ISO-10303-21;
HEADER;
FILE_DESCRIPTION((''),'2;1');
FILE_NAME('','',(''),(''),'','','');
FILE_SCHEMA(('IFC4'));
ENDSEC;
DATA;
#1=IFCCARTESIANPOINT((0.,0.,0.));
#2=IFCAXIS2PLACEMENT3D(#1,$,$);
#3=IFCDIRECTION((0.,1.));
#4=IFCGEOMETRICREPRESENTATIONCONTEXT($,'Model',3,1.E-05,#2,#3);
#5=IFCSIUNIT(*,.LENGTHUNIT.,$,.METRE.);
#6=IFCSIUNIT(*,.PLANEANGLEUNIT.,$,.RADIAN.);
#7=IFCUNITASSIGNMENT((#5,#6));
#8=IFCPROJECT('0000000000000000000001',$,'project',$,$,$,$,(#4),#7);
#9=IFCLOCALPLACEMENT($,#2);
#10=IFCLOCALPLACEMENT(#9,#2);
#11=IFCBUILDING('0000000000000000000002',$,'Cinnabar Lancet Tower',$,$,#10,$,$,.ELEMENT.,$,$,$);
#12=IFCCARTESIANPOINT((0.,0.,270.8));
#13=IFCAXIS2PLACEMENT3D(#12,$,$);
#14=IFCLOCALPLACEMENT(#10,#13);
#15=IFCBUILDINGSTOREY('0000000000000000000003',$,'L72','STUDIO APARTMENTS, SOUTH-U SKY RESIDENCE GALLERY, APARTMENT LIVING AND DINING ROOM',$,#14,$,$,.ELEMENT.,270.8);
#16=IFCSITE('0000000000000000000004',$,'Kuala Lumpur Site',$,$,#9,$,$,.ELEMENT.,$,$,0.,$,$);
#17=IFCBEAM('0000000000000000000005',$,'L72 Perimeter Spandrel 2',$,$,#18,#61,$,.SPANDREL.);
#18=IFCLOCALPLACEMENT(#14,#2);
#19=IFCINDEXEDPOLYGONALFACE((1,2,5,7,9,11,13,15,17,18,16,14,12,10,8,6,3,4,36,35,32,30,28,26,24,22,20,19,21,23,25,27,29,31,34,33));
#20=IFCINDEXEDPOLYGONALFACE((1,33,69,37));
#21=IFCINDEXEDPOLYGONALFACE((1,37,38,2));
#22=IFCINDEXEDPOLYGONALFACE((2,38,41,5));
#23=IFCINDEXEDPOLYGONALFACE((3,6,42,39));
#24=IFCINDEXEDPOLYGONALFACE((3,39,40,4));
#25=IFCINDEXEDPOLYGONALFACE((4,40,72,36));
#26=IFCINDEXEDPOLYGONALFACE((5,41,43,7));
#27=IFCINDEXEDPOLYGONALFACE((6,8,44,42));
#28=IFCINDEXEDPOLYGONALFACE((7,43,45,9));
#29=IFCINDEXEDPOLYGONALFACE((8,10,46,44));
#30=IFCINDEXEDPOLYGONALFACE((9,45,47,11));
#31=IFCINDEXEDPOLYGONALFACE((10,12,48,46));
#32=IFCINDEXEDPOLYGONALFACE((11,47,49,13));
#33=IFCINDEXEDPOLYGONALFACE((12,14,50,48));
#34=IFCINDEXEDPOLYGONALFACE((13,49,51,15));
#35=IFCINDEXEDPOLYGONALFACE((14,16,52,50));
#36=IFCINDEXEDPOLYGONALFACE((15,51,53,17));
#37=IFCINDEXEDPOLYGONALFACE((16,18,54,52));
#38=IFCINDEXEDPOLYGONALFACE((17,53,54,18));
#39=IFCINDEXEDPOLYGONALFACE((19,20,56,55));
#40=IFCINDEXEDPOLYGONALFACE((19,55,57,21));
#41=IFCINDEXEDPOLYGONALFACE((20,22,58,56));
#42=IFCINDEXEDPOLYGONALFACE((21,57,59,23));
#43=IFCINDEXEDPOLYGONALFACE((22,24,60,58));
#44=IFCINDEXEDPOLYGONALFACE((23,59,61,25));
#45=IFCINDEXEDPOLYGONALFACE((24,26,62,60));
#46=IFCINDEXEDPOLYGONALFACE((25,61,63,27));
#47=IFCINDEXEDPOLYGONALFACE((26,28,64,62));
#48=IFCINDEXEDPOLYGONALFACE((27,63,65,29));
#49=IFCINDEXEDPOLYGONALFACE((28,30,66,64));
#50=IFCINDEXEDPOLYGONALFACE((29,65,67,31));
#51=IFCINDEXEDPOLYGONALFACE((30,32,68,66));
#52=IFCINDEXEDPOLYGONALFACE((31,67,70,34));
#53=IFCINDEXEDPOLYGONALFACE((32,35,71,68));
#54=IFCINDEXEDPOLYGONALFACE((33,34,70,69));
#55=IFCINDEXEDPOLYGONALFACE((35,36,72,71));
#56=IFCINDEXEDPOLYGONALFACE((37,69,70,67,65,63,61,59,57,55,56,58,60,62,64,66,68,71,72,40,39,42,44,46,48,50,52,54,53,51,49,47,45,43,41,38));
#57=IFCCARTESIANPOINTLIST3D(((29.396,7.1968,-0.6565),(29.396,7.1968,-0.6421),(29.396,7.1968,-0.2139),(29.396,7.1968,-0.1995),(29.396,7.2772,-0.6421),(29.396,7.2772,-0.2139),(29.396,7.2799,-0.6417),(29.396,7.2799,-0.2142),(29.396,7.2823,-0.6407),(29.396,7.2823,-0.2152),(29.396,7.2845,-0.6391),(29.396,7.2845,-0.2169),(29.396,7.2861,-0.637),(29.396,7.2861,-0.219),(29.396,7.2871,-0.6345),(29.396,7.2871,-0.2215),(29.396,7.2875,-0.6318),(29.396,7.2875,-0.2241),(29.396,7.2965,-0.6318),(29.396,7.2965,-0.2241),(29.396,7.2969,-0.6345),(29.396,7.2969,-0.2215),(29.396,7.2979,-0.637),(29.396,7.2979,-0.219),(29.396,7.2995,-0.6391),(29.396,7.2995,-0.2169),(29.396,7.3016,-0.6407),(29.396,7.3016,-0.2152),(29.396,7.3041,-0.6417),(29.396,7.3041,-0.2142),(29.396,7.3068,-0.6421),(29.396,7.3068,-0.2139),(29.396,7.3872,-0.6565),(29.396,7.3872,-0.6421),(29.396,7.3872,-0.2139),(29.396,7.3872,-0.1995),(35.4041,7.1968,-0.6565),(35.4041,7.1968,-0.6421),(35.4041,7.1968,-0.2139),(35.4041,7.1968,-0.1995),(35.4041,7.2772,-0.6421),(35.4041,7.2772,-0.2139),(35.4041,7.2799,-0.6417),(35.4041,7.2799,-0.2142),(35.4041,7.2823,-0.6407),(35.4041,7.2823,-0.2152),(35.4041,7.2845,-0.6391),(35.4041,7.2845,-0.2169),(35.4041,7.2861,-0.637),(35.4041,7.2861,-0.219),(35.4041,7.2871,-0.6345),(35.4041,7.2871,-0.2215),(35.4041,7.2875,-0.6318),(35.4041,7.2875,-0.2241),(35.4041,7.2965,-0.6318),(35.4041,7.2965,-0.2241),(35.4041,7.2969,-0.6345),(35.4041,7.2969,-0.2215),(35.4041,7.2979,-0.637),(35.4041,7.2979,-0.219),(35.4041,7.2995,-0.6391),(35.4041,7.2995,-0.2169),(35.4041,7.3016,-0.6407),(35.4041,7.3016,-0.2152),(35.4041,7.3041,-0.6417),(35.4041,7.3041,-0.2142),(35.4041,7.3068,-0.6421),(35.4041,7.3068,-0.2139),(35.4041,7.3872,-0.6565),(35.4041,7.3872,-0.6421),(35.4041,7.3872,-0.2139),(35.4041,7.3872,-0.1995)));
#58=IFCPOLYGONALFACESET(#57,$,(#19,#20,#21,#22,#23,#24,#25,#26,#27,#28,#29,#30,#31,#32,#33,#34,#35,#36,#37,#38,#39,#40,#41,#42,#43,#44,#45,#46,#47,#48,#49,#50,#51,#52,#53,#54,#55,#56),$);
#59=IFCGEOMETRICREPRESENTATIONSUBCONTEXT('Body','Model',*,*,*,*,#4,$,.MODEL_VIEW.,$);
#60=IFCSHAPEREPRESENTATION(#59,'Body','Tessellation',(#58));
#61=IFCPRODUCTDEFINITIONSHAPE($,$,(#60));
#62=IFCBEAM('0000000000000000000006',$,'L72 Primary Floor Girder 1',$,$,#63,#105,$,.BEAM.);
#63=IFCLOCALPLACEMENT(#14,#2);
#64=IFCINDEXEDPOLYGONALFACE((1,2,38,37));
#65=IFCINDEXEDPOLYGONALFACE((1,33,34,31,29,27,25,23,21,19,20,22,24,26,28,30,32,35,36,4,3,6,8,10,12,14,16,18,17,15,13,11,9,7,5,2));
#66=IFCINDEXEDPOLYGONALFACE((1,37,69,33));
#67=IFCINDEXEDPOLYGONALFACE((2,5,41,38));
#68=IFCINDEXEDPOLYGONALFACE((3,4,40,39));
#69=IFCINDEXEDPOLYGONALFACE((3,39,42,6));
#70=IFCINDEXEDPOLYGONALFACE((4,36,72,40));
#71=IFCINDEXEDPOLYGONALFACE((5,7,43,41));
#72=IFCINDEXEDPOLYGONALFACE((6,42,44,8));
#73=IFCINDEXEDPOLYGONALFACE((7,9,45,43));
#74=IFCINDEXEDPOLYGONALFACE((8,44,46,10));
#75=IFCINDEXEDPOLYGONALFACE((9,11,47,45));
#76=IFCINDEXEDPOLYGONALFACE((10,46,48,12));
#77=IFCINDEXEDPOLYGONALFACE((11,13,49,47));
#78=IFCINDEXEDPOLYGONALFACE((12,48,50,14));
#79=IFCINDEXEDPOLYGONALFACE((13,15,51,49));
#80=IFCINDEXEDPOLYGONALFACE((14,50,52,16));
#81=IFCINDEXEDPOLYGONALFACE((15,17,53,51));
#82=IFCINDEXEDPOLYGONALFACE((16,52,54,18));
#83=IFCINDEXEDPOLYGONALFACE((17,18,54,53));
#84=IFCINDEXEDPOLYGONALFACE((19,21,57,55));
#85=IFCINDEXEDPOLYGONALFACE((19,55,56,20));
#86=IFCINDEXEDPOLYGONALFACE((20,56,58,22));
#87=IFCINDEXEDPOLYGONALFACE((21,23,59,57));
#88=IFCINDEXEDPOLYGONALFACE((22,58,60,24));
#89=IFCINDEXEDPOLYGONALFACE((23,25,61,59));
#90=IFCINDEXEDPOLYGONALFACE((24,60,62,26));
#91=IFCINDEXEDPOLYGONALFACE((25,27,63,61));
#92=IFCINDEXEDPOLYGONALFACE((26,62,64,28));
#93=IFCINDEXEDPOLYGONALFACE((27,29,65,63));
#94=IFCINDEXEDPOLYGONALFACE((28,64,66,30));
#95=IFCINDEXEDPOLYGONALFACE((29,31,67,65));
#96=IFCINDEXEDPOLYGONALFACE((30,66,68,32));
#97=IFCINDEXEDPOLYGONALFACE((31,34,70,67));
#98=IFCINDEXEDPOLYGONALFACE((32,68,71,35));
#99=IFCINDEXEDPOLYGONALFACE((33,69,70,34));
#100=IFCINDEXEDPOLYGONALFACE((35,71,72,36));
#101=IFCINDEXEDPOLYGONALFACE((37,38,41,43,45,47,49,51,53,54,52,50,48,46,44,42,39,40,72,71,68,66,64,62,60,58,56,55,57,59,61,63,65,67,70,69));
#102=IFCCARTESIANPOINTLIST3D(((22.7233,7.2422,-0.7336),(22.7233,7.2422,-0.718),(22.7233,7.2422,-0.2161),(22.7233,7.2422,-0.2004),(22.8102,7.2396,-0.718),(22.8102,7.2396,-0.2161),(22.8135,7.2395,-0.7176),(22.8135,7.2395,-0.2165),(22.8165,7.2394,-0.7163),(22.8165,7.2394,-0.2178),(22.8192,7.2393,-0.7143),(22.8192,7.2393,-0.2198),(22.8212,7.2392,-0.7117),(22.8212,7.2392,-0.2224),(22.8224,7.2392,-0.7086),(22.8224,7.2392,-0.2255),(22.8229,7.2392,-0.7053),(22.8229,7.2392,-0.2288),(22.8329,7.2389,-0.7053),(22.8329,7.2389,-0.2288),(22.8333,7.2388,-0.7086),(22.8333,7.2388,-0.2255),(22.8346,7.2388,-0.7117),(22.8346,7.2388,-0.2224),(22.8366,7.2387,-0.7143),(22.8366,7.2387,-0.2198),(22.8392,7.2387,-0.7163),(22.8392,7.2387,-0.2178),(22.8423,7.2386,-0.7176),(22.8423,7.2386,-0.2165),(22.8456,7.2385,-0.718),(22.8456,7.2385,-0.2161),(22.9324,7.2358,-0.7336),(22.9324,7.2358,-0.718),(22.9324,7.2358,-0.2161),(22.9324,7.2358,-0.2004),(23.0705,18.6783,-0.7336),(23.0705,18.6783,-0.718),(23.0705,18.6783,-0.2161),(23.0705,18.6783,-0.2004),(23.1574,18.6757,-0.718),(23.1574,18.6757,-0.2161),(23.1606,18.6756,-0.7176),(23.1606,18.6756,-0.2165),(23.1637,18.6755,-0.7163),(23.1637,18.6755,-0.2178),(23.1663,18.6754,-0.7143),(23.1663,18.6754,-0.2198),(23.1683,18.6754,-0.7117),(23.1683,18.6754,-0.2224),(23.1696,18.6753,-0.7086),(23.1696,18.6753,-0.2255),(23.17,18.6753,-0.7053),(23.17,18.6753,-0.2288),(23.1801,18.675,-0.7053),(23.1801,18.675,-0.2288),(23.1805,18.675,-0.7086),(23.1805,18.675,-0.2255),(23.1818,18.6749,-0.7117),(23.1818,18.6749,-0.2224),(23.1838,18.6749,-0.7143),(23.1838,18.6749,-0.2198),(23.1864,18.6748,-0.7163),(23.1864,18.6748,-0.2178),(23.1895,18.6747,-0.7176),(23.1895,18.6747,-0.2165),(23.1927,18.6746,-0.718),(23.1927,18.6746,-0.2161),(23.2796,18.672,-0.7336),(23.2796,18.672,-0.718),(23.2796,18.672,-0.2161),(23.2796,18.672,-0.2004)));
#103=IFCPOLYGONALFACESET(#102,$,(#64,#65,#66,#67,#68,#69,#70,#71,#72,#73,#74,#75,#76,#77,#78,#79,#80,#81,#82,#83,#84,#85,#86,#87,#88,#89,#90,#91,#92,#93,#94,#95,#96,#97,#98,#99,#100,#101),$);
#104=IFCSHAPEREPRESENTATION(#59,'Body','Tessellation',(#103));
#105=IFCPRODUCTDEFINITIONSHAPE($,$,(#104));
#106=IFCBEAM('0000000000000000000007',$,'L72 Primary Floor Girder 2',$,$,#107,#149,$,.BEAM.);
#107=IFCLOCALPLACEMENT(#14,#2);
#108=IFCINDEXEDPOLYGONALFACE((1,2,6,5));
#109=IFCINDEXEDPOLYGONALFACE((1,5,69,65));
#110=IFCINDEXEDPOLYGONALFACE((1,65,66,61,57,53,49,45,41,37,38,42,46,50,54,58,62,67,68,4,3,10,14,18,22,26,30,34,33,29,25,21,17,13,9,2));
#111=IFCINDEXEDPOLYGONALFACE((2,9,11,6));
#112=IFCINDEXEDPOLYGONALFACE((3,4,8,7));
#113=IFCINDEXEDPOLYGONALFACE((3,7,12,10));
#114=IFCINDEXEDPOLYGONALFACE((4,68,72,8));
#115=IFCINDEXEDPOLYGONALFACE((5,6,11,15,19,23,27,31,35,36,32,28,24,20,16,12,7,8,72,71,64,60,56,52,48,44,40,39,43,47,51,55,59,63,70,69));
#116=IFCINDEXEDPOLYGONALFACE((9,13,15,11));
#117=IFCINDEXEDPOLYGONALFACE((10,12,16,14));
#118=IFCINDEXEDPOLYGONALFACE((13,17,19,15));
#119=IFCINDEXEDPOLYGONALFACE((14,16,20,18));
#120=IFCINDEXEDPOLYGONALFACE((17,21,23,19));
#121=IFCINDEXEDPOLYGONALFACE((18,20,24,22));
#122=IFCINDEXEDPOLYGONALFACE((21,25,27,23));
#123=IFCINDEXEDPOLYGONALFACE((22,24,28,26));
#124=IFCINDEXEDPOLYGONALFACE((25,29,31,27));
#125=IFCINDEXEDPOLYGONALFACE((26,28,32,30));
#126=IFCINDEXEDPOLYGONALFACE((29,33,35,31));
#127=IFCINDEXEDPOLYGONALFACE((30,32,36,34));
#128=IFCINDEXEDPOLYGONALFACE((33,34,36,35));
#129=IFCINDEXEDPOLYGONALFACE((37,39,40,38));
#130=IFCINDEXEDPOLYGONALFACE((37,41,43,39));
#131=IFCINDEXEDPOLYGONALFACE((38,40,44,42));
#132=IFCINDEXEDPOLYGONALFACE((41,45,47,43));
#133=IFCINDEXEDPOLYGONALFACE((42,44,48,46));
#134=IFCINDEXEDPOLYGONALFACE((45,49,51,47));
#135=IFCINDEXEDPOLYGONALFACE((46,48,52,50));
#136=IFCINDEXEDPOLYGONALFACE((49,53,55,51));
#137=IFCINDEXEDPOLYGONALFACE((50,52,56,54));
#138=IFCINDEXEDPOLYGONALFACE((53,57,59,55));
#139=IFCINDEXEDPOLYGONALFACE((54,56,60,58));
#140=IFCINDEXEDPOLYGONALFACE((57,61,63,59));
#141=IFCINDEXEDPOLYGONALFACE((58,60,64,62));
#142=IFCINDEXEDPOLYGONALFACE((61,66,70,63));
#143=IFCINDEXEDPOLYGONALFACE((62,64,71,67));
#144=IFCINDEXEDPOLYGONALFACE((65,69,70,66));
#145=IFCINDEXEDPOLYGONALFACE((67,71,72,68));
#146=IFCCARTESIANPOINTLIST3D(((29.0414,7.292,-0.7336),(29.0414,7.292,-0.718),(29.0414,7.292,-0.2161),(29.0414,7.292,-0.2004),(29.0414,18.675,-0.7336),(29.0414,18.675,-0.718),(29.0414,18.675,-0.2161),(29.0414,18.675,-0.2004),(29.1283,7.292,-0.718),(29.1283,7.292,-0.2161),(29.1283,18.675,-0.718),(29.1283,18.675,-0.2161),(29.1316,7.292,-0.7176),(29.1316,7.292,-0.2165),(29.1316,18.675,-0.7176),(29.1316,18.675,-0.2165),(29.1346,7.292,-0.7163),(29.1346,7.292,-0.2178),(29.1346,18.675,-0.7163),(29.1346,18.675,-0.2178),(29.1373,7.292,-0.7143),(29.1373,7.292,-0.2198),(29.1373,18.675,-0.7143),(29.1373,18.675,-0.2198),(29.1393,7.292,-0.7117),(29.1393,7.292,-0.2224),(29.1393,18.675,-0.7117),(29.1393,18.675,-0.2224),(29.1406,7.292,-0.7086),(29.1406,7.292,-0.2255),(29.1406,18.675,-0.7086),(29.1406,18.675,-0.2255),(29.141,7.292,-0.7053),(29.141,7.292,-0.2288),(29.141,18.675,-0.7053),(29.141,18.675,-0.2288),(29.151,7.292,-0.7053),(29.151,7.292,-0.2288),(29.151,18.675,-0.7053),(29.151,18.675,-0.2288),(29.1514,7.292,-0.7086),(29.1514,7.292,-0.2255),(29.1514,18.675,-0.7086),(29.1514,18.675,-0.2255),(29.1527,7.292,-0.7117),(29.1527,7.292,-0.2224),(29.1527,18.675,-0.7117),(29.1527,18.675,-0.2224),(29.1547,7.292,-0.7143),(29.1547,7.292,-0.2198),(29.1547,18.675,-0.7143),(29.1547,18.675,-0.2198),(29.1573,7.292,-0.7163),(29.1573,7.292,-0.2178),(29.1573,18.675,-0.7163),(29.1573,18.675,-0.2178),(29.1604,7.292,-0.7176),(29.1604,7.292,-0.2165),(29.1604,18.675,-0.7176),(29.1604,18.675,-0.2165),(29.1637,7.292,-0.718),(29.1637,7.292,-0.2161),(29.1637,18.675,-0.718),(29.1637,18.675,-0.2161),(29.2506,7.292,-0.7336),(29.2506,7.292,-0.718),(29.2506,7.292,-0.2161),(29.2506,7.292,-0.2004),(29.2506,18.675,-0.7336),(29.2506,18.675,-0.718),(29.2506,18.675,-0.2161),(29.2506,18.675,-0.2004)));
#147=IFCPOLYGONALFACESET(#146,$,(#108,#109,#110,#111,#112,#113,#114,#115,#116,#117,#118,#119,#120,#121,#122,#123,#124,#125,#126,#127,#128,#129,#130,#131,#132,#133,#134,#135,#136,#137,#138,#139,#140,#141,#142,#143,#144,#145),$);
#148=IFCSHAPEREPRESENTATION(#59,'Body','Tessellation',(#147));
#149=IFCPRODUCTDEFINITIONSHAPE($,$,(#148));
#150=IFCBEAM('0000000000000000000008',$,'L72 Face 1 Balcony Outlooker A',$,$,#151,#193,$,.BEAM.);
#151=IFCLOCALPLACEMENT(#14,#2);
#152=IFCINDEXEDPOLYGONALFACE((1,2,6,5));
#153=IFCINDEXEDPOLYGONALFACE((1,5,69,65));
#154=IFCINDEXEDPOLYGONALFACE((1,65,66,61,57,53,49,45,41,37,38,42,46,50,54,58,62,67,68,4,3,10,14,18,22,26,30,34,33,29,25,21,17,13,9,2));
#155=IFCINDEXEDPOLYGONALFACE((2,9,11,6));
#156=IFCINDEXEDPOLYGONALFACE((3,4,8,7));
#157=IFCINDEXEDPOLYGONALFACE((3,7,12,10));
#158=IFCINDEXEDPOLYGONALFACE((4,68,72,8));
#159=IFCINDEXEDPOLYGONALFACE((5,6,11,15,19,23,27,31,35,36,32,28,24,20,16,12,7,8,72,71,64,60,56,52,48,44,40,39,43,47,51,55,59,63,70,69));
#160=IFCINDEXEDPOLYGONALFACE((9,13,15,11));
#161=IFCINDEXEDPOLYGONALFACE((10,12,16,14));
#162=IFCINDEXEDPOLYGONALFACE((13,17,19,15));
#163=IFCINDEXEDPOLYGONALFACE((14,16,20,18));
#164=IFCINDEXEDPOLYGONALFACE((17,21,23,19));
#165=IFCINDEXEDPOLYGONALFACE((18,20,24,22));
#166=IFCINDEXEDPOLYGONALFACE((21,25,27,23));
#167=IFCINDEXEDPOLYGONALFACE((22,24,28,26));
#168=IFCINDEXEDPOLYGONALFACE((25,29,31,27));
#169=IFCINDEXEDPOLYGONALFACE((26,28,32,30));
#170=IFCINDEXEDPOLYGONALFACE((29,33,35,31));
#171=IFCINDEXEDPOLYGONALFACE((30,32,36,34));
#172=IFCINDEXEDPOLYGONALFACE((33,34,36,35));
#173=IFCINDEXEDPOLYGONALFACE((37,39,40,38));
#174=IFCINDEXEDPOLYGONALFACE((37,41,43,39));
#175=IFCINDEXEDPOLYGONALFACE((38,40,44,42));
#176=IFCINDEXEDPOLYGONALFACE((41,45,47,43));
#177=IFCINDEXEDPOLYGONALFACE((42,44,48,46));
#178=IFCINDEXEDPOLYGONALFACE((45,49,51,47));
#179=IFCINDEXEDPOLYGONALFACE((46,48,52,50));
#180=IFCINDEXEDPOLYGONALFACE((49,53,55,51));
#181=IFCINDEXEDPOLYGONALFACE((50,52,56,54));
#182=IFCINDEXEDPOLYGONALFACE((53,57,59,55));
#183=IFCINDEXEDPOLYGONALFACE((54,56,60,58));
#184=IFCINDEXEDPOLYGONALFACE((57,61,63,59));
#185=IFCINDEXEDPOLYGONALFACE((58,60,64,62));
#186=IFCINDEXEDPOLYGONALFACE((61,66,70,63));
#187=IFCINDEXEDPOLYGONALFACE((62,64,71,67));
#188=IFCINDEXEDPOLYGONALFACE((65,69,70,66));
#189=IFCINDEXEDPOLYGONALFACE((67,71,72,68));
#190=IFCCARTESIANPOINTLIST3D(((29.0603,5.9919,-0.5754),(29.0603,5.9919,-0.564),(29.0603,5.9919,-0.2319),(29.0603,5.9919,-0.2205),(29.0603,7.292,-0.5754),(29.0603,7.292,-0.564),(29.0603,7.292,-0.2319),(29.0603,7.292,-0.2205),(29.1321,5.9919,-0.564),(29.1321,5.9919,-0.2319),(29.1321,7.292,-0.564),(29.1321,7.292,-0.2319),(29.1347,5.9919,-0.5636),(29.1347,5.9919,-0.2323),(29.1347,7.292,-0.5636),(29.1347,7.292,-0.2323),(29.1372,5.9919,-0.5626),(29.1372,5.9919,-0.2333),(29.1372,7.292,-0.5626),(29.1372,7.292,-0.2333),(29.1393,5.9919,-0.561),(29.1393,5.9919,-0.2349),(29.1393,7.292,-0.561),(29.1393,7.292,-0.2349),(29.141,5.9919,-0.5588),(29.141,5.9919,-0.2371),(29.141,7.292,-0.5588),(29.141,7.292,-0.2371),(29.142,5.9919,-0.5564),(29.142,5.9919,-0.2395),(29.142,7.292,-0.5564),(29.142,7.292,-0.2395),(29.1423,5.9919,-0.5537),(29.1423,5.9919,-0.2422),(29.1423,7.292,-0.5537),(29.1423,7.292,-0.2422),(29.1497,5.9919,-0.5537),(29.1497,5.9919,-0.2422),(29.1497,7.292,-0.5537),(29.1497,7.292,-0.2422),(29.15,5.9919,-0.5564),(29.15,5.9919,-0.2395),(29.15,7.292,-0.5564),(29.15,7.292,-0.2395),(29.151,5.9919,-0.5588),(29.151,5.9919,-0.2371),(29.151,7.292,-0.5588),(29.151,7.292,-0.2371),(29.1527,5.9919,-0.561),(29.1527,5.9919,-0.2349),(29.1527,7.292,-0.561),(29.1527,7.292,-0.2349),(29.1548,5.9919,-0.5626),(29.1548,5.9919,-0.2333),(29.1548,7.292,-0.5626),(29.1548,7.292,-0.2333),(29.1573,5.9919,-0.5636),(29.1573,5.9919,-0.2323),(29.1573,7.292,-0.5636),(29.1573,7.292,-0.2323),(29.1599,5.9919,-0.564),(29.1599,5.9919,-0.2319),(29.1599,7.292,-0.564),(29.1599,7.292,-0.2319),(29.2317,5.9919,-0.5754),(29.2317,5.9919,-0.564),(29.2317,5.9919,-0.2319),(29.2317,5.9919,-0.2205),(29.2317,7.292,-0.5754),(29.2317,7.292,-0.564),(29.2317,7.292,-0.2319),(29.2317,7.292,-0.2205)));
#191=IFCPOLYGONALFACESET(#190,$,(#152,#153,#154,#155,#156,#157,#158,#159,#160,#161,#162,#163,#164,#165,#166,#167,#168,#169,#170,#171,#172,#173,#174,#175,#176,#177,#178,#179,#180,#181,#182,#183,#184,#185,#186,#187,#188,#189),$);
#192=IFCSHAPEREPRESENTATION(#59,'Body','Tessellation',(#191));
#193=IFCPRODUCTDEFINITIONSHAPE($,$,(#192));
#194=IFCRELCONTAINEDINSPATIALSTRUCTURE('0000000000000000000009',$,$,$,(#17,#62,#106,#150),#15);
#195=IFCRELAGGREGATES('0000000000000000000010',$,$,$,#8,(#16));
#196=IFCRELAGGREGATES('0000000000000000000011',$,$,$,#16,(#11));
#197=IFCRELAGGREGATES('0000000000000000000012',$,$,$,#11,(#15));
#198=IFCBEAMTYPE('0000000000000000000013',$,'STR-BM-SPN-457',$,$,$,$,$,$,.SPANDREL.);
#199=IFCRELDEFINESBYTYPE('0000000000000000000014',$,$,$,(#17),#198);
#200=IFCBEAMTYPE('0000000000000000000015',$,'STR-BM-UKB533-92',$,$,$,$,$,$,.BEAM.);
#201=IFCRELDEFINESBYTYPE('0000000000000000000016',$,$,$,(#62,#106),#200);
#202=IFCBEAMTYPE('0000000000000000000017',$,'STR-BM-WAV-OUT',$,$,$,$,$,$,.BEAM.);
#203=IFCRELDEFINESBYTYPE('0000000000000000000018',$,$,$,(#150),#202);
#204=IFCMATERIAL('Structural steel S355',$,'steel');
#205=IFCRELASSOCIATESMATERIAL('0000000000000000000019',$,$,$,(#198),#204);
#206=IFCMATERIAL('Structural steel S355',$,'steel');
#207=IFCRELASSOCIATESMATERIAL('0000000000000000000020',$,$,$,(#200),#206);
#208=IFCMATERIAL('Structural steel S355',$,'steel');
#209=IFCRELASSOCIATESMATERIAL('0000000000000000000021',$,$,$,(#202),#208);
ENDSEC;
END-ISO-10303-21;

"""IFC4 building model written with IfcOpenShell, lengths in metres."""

from ifc_helpers import new_model, si_unit, direction, frame, origin, origin_2d, place, context, subcontext, project, spatial, i_section, extrude, material, material_profile, profile_set, type_object, element, save


model = new_model("IFC4")

# Units and contexts
model_context = context("Model", 3, precision=1e-05, world=origin(), true_north=direction((0.0, 1.0)))
body_context = subcontext(model_context, "Body", "Model", "MODEL_VIEW")
ifc_project = project(units=[si_unit("LENGTHUNIT", "METRE"), si_unit("PLANEANGLEUNIT", "RADIAN")], contexts=[model_context])

# Site, building, storey
site_placement = place(None, origin())
site = spatial("IfcSite", under=ifc_project, at=site_placement, Name="Kuala Lumpur Site", CompositionType="ELEMENT", RefElevation=0.0)
building_placement = place(site_placement, origin())
building = spatial("IfcBuilding", under=site, at=building_placement, Name="Cinnabar Lancet Tower", CompositionType="ELEMENT")
storey_placement = place(building_placement, frame((0.0, 0.0, 270.8)))
storey = spatial("IfcBuildingStorey", under=building, at=storey_placement, Name="L72", Description="STUDIO APARTMENTS, SOUTH-U SKY RESIDENCE GALLERY, APARTMENT LIVING AND DINING ROOM", CompositionType="ELEMENT", Elevation=270.8)

# Beams
ifc_material_1 = material(Name="Structural steel S355", Category="steel")
ifc_material_profile_1 = material_profile(ifc_material_1, i_section(OverallWidth=0.1904, OverallDepth=0.457, WebThickness=0.009, FlangeThickness=0.0144, FilletRadius=0.0103, at=origin_2d()), Name="UKB 457x191x74")
ifc_profile_set_1 = profile_set([ifc_material_profile_1], Name="Structural steel S355")
beam_type_1 = type_object("IfcBeamType", Name="STR-BM-SPN-457", PredefinedType="SPANDREL", material=ifc_profile_set_1)
beam_1_placement = place(storey_placement, frame((29.396, 7.292, -0.428), z_axis=(1.0, 0.0, 0.0), x_axis=(0.0, 1.0, 0.0)))
element("IfcBeam", 1, at=beam_1_placement, inside=storey, type_object=beam_type_1, Name="L72 Perimeter Spandrel 2", PredefinedType="SPANDREL", context=body_context, shape_type="SweptSolid", body=[
    extrude(i_section(OverallWidth=0.1904, OverallDepth=0.457, WebThickness=0.009, FlangeThickness=0.0144, FilletRadius=0.0103, at=origin_2d()), origin(), (0.0, 0.0, 1.0), 6.0081),
])
ifc_material_2 = material(Name="Structural steel S355", Category="steel")
ifc_material_profile_2 = material_profile(ifc_material_2, i_section(OverallWidth=0.2092, OverallDepth=0.5332, WebThickness=0.01, FlangeThickness=0.0156, FilletRadius=0.0127, at=origin_2d()), Name="UKB 533x210x92")
ifc_profile_set_2 = profile_set([ifc_material_profile_2], Name="Structural steel S355")
beam_type_2 = type_object("IfcBeamType", Name="STR-BM-UKB533-92", PredefinedType="BEAM", material=ifc_profile_set_2)
beam_2_placement = place(storey_placement, frame((22.8279, 7.239, -0.467), z_axis=(0.030343, 0.99954, 0.0), x_axis=(-0.99954, 0.030343, 0.0)))
element("IfcBeam", 2, at=beam_2_placement, inside=storey, type_object=beam_type_2, Name="L72 Primary Floor Girder 1", PredefinedType="BEAM", context=body_context, shape_type="SweptSolid", body=[
    extrude(i_section(OverallWidth=0.2092, OverallDepth=0.5332, WebThickness=0.01, FlangeThickness=0.0156, FilletRadius=0.0127, at=origin_2d()), origin(), (0.0, 0.0, 1.0), 11.4414),
])
beam_3_placement = place(storey_placement, frame((29.146, 7.292, -0.467), z_axis=(0.0, 1.0, 0.0), x_axis=(-1.0, 0.0, 0.0)))
element("IfcBeam", 3, at=beam_3_placement, inside=storey, type_object=beam_type_2, Name="L72 Primary Floor Girder 2", PredefinedType="BEAM", context=body_context, shape_type="SweptSolid", body=[
    extrude(i_section(OverallWidth=0.2092, OverallDepth=0.5332, WebThickness=0.01, FlangeThickness=0.0156, FilletRadius=0.0127, at=origin_2d()), origin(), (0.0, 0.0, 1.0), 11.3831),
])
ifc_material_3 = material(Name="Structural steel S355", Category="steel")
ifc_material_profile_3 = material_profile(ifc_material_3, i_section(OverallWidth=0.1714, OverallDepth=0.355, WebThickness=0.0073, FlangeThickness=0.0115, FilletRadius=0.0103, at=origin_2d()), Name="UKB 356x171x51")
ifc_profile_set_3 = profile_set([ifc_material_profile_3], Name="Structural steel S355")
beam_type_3 = type_object("IfcBeamType", Name="STR-BM-WAV-OUT", PredefinedType="BEAM", material=ifc_profile_set_3)
beam_4_placement = place(storey_placement, frame((29.146, 7.292, -0.3979), z_axis=(0.0, -1.0, 0.0), x_axis=(1.0, 0.0, 0.0)))
element("IfcBeam", 4, at=beam_4_placement, inside=storey, type_object=beam_type_3, Name="L72 Face 1 Balcony Outlooker A", PredefinedType="BEAM", context=body_context, shape_type="SweptSolid", body=[
    extrude(i_section(OverallWidth=0.1714, OverallDepth=0.355, WebThickness=0.0073, FlangeThickness=0.0115, FilletRadius=0.0103, at=origin_2d()), origin(), (0.0, 0.0, 1.0), 1.3),
])

save(model, "model.ifc")
